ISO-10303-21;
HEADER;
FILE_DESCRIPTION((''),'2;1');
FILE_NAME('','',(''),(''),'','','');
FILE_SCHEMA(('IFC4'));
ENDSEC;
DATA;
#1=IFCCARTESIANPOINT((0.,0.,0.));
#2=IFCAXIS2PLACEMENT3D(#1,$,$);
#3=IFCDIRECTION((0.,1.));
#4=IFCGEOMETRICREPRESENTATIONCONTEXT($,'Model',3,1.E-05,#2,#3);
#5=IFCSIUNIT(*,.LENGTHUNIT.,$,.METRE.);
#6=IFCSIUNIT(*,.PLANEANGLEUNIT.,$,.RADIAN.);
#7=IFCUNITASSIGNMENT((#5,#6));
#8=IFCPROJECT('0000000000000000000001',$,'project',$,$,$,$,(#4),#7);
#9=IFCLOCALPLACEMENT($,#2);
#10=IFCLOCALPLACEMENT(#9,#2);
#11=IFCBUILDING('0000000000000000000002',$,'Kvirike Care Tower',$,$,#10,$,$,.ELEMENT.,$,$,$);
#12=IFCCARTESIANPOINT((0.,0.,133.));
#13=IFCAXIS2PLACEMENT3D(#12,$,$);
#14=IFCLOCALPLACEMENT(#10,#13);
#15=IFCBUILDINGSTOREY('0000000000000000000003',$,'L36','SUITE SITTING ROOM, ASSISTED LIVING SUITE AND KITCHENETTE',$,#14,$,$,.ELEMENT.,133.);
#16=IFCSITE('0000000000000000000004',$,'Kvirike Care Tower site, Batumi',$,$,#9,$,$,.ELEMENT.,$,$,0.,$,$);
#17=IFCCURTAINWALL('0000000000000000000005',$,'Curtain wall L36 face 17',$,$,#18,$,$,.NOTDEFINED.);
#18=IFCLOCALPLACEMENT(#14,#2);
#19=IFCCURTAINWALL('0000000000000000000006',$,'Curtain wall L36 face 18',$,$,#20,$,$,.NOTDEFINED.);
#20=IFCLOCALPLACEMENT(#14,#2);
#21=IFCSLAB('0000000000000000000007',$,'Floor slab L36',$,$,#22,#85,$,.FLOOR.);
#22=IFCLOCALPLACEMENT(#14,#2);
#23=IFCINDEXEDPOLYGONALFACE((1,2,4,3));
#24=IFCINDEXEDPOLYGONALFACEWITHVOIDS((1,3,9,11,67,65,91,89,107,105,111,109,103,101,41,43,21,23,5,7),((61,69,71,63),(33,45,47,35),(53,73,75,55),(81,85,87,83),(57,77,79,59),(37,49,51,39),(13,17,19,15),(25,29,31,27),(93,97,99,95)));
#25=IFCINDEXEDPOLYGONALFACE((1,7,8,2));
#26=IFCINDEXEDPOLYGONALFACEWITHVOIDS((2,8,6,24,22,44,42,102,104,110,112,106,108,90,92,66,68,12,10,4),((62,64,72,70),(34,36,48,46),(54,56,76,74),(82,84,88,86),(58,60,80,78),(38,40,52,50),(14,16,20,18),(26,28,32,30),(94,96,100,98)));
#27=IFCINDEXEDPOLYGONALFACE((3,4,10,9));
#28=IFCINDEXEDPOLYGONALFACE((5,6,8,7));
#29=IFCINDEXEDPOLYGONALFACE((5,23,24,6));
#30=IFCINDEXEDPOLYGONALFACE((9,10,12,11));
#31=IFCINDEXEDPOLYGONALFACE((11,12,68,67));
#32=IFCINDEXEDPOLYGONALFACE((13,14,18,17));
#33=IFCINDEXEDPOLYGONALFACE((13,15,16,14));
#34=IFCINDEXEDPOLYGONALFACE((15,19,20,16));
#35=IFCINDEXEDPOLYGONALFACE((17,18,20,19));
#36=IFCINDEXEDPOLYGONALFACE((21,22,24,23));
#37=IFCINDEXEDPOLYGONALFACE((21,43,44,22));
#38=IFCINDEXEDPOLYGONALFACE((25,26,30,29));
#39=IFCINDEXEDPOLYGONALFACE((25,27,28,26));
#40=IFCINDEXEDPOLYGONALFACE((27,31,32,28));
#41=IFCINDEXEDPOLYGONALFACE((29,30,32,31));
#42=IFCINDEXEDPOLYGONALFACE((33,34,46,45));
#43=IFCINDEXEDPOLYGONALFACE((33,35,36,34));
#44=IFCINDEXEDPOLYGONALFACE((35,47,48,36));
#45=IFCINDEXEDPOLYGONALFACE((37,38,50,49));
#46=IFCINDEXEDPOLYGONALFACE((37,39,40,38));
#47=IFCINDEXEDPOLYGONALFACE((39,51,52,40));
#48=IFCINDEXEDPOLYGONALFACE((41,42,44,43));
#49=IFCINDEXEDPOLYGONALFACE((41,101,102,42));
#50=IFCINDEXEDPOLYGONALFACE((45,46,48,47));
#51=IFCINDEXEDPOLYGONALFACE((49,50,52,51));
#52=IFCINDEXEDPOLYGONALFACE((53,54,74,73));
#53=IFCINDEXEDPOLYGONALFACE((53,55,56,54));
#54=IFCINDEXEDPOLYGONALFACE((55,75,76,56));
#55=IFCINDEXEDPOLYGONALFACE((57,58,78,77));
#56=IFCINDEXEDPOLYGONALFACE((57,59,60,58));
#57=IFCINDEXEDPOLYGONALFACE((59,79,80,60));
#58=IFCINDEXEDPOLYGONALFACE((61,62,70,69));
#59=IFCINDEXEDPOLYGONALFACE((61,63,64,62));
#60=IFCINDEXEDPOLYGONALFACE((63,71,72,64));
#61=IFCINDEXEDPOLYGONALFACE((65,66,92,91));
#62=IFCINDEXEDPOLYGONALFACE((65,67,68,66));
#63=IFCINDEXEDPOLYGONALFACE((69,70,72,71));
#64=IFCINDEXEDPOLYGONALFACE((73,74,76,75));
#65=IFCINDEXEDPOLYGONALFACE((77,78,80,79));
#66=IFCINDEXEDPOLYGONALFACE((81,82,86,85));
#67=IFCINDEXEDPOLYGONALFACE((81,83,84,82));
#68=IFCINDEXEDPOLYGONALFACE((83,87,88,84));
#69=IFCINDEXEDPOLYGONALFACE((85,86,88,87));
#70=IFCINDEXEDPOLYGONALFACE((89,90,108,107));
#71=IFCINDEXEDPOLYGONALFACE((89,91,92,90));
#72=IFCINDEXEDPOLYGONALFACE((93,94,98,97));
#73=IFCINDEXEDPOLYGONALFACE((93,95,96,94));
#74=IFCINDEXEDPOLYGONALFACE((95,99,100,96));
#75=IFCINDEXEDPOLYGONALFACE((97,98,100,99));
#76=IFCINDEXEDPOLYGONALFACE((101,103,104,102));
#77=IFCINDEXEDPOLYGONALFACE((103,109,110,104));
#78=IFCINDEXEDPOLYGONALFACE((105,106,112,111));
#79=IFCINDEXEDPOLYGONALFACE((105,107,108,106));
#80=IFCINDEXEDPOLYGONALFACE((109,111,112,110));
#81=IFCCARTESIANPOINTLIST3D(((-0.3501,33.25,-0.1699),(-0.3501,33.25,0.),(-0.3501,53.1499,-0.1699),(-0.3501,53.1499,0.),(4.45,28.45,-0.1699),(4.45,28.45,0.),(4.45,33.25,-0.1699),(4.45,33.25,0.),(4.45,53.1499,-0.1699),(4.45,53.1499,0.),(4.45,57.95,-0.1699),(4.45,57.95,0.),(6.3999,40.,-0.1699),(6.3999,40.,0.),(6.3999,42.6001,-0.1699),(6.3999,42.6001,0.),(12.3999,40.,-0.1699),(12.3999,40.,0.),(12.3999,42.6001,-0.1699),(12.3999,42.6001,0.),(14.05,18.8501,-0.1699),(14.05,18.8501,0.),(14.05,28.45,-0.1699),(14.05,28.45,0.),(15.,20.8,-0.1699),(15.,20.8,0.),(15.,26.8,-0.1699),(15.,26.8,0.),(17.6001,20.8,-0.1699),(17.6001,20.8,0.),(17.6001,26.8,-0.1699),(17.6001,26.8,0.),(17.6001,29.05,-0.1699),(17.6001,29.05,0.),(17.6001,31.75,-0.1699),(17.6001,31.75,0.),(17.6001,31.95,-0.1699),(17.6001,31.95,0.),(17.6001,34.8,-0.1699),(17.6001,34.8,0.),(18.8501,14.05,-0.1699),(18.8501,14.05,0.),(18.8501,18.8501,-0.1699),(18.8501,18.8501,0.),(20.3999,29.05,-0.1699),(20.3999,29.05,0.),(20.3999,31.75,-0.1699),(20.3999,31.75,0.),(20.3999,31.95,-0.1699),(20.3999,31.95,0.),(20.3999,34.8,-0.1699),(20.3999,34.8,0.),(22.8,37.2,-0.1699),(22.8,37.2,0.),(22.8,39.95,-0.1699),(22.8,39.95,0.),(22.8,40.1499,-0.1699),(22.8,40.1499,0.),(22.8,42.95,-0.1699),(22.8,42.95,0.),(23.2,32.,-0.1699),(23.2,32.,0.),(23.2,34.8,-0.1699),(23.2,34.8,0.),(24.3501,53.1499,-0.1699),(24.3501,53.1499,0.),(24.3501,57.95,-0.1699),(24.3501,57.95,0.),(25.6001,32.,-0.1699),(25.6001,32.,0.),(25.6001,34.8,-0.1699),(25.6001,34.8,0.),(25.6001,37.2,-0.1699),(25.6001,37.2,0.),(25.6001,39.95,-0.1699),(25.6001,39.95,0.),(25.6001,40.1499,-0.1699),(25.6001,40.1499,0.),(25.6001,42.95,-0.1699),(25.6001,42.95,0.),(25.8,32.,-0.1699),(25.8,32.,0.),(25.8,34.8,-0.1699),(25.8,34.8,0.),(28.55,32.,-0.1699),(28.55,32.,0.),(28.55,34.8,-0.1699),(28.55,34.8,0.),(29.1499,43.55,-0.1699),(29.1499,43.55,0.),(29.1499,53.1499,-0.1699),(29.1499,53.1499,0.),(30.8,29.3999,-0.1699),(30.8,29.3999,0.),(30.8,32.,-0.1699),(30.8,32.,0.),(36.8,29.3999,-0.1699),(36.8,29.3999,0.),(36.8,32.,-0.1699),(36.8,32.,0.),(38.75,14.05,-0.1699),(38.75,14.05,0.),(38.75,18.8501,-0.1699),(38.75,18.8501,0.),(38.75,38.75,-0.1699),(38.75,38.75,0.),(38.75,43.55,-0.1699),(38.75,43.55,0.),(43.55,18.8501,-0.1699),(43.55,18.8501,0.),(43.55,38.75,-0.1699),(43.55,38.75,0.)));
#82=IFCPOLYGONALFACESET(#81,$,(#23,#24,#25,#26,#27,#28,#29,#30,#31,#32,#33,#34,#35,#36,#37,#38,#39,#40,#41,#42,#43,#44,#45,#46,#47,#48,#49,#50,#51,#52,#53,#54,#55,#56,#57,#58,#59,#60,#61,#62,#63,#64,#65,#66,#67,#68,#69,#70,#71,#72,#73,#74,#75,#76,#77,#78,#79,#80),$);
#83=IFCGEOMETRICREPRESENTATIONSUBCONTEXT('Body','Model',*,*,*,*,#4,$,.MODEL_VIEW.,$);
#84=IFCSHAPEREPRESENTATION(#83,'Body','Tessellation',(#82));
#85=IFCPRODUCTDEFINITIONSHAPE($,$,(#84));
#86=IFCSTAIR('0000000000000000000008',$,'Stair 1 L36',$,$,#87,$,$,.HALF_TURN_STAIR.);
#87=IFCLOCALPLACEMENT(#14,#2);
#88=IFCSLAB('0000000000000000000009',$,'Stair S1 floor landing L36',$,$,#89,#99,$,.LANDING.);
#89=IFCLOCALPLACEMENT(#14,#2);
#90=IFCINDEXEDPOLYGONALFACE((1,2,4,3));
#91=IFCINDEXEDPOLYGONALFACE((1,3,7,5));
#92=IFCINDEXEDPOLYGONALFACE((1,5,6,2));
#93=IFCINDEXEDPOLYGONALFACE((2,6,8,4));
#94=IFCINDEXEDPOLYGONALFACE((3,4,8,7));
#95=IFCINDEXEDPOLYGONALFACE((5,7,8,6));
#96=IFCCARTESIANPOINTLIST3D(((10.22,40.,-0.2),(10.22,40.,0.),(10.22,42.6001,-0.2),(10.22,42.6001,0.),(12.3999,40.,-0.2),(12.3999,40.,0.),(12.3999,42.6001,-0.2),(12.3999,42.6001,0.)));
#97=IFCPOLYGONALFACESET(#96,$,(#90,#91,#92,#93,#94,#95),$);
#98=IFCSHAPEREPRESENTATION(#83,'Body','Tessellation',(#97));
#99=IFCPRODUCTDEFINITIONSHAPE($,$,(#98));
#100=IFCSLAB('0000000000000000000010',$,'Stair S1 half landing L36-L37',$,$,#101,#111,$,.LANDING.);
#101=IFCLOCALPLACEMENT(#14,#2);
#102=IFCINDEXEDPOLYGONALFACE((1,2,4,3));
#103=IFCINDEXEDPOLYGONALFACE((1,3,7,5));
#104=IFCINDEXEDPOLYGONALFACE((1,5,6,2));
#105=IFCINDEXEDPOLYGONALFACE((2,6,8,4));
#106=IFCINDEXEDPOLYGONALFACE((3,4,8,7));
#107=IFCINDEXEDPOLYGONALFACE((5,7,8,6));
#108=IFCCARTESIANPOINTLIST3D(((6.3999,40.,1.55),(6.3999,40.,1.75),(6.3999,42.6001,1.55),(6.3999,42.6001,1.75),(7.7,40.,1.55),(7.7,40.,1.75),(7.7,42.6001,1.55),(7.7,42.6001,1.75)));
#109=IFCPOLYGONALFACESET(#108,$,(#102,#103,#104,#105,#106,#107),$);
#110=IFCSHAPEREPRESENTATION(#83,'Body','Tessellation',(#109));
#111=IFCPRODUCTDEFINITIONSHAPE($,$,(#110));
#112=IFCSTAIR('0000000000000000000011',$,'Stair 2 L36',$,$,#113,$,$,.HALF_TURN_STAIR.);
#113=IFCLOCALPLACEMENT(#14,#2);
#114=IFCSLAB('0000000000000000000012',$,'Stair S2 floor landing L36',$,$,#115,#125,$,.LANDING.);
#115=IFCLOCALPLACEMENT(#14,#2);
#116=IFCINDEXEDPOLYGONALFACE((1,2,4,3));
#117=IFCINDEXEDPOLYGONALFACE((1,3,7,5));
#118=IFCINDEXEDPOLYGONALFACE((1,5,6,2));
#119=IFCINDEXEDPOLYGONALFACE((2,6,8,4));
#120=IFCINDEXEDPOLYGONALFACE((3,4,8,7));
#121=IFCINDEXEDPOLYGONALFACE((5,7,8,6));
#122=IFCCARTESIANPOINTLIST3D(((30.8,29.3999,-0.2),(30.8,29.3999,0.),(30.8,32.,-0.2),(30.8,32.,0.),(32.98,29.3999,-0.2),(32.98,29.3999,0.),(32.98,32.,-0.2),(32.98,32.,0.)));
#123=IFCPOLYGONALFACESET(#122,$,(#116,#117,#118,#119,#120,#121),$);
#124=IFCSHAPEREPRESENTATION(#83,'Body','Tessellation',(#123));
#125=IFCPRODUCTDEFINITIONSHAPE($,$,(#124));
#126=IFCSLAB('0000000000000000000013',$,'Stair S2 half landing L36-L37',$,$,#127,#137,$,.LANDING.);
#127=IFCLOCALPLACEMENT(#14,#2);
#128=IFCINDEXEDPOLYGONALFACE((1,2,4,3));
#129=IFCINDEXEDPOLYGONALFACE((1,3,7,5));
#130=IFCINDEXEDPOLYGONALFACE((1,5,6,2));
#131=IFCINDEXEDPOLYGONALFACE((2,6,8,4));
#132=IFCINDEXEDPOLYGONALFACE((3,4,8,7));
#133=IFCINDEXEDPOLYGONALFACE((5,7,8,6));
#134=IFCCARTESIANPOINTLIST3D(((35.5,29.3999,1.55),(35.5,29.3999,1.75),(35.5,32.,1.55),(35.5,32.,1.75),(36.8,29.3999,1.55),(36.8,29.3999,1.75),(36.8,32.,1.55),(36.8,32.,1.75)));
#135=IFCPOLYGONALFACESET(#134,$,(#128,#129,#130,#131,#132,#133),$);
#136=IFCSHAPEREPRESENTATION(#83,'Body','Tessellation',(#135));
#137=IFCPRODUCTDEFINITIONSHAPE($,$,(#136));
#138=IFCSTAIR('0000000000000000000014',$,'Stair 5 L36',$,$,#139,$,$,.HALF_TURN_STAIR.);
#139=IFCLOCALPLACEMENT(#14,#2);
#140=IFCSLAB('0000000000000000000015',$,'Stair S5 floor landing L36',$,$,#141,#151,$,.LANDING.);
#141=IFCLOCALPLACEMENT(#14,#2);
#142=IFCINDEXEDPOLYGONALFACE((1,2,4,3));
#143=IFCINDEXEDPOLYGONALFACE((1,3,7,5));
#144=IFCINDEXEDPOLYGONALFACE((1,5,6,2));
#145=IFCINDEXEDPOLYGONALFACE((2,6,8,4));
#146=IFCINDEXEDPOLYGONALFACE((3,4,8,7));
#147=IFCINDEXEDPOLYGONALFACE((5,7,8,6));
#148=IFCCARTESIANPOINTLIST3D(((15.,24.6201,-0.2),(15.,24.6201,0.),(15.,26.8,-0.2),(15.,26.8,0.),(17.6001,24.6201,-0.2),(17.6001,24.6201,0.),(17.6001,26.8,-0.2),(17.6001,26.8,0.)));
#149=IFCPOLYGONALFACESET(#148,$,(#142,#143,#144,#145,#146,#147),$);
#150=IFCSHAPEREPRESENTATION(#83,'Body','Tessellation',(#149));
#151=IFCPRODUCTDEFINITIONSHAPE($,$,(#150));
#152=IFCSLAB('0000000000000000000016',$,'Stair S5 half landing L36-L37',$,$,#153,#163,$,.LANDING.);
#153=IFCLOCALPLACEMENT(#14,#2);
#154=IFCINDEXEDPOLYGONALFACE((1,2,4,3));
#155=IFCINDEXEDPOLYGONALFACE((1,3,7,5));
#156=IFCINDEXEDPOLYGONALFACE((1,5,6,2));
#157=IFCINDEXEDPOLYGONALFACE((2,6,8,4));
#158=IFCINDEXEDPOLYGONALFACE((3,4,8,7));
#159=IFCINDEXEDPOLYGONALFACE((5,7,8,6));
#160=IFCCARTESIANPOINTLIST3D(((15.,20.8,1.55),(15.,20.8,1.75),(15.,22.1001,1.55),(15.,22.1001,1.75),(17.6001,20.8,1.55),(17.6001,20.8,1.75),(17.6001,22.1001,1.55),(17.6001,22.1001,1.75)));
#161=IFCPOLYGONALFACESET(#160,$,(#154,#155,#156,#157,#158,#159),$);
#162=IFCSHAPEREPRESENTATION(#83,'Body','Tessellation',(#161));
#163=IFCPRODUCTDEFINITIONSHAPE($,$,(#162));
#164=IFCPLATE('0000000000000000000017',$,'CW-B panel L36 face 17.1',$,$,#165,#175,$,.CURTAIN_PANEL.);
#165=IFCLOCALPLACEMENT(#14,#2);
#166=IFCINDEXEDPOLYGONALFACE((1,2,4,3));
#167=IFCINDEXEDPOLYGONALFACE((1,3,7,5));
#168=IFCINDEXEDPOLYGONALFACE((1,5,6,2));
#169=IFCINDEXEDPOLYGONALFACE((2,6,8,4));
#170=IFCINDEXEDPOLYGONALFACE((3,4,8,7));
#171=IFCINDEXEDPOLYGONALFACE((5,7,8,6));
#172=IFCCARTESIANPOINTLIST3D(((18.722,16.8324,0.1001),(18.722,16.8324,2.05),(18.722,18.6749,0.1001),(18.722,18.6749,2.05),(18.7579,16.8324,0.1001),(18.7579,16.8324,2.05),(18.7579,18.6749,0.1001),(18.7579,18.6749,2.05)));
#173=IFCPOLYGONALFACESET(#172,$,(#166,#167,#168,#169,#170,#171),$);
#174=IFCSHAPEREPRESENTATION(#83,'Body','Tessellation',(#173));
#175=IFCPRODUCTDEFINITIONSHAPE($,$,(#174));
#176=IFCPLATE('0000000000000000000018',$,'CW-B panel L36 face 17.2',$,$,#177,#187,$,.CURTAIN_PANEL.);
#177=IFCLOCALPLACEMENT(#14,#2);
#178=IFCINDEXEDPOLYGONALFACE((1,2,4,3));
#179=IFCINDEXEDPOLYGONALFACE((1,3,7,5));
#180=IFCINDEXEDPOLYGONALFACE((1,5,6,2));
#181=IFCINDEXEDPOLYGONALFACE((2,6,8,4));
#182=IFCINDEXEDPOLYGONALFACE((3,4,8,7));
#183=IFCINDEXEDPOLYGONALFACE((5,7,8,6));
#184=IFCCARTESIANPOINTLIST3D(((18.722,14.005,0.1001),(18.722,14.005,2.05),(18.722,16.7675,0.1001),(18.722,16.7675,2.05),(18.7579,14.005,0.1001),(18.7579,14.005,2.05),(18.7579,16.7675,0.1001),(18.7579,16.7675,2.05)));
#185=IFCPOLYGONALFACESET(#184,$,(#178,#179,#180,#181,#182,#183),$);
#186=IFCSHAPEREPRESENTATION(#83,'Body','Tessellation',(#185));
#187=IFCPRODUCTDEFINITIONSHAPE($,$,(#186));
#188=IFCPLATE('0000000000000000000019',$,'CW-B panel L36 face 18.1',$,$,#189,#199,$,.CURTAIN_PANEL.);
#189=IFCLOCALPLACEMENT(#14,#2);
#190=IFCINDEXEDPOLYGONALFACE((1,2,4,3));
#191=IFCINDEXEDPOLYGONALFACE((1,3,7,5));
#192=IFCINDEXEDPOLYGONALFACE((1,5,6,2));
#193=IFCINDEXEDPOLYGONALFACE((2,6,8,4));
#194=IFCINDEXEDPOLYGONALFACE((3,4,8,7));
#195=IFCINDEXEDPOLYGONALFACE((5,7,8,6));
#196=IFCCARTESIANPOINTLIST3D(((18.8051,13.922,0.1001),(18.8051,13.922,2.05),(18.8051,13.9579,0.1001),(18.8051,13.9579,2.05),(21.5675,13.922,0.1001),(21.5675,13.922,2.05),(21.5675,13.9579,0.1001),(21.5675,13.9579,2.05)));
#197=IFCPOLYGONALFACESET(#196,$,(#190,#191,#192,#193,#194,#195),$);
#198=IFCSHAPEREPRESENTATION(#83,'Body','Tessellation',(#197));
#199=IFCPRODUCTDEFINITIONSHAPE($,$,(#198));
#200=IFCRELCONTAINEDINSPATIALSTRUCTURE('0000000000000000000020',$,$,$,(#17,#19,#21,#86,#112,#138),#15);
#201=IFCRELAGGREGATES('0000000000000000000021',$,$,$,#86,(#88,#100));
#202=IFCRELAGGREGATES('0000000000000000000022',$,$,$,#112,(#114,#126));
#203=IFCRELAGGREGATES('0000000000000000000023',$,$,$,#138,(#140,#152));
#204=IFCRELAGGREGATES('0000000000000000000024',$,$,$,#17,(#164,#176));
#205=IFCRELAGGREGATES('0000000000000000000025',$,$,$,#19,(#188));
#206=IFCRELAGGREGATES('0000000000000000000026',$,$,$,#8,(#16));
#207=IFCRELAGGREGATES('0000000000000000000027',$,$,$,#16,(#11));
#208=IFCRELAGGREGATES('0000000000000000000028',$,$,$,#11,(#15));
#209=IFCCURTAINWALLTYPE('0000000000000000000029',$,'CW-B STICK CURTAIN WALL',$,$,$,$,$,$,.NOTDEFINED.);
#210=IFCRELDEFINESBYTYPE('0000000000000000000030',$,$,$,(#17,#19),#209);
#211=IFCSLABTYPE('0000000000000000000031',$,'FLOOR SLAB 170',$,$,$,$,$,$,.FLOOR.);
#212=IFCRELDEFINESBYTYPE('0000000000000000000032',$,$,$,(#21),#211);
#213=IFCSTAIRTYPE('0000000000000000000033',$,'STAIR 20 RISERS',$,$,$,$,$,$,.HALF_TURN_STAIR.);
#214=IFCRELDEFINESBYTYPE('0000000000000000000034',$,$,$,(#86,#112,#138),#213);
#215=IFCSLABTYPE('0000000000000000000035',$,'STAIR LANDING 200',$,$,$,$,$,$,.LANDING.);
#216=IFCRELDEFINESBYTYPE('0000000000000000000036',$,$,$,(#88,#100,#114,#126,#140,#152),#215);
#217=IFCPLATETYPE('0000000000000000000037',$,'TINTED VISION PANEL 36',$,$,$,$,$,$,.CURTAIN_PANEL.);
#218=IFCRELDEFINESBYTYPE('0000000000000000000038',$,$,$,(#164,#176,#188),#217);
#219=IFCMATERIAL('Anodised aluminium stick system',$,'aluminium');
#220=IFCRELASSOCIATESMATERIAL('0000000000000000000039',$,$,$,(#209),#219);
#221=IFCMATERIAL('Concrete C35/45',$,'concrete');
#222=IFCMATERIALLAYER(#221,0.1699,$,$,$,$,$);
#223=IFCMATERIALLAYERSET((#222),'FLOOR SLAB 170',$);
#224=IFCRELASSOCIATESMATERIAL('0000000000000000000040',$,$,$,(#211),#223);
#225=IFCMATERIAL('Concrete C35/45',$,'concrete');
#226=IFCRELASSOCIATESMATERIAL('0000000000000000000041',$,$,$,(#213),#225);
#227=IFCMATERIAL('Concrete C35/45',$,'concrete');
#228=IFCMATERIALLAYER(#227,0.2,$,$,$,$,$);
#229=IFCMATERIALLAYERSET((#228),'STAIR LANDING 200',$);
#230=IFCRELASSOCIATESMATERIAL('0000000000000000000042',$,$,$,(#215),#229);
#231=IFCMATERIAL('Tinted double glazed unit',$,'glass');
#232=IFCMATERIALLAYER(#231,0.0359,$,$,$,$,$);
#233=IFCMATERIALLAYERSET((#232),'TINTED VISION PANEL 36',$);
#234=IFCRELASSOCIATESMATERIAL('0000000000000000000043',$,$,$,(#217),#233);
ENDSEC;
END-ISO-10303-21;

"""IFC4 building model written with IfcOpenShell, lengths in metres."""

from ifc_helpers import new_model, si_unit, direction, frame, origin, origin_2d, place, context, subcontext, project, spatial, polyline, rectangle, outline, extrude, material, layer, layer_set, type_object, element, aggregate, save


model = new_model("IFC4")

# Units and contexts
model_context = context("Model", 3, precision=1e-05, world=origin(), true_north=direction((0.0, 1.0)))
body_context = subcontext(model_context, "Body", "Model", "MODEL_VIEW")
ifc_project = project(units=[si_unit("LENGTHUNIT", "METRE"), si_unit("PLANEANGLEUNIT", "RADIAN")], contexts=[model_context])

# Site, building, storey
site_placement = place(None, origin())
site = spatial("IfcSite", under=ifc_project, at=site_placement, Name="Kvirike Care Tower site, Batumi", CompositionType="ELEMENT", RefElevation=0.0)
building_placement = place(site_placement, origin())
building = spatial("IfcBuilding", under=site, at=building_placement, Name="Kvirike Care Tower", CompositionType="ELEMENT")
storey_placement = place(building_placement, frame((0.0, 0.0, 133.0)))
storey = spatial("IfcBuildingStorey", under=building, at=storey_placement, Name="L36", Description="SUITE SITTING ROOM, ASSISTED LIVING SUITE AND KITCHENETTE", CompositionType="ELEMENT", Elevation=133.0)

# Curtain wall
ifc_material_1 = material(Name="Anodised aluminium stick system", Category="aluminium")
curtain_wall_type = type_object("IfcCurtainWallType", Name="CW-B STICK CURTAIN WALL", PredefinedType="NOTDEFINED", material=ifc_material_1)
curtain_wall_1_placement = place(storey_placement, origin())
curtain_wall_1 = element("IfcCurtainWall", 1, at=curtain_wall_1_placement, inside=storey, type_object=curtain_wall_type, Name="Curtain wall L36 face 17", PredefinedType="NOTDEFINED")

# Curtain wall
curtain_wall_2_placement = place(storey_placement, origin())
curtain_wall_2 = element("IfcCurtainWall", 2, at=curtain_wall_2_placement, inside=storey, type_object=curtain_wall_type, Name="Curtain wall L36 face 18", PredefinedType="NOTDEFINED")

# Slab
ifc_material_2 = material(Name="Concrete C35/45", Category="concrete")
ifc_layer_1 = layer(ifc_material_2, 0.1699)
ifc_layer_set_1 = layer_set([ifc_layer_1], Name="FLOOR SLAB 170")
slab_type_1 = type_object("IfcSlabType", Name="FLOOR SLAB 170", PredefinedType="FLOOR", material=ifc_layer_set_1)
slab_1_placement = place(storey_placement, frame((0.0, 0.0, -0.1699)))
element("IfcSlab", 3, at=slab_1_placement, inside=storey, type_object=slab_type_1, Name="Floor slab L36", PredefinedType="FLOOR", context=body_context, shape_type="SweptSolid", body=[
    extrude(outline(polyline([(43.55, 18.8501), (43.55, 38.75), (38.75, 38.75), (38.75, 43.55), (29.1499, 43.55), (29.1499, 53.1499), (24.3501, 53.1499), (24.3501, 57.95), (4.45, 57.95), (4.45, 53.1499), (-0.3501, 53.1499), (-0.3501, 33.25), (4.45, 33.25), (4.45, 28.45), (14.05, 28.45), (14.05, 18.8501), (18.8501, 18.8501), (18.8501, 14.05), (38.75, 14.05), (38.75, 18.8501), (43.55, 18.8501)]), holes=[polyline([(17.6001, 29.05), (17.6001, 31.75), (20.3999, 31.75), (20.3999, 29.05), (17.6001, 29.05)]), polyline([(17.6001, 31.95), (17.6001, 34.8), (20.3999, 34.8), (20.3999, 31.95), (17.6001, 31.95)]), polyline([(22.8, 37.2), (22.8, 39.95), (25.6001, 39.95), (25.6001, 37.2), (22.8, 37.2)]), polyline([(22.8, 40.1499), (22.8, 42.95), (25.6001, 42.95), (25.6001, 40.1499), (22.8, 40.1499)]), polyline([(23.2, 32.0), (23.2, 34.8), (25.6001, 34.8), (25.6001, 32.0), (23.2, 32.0)]), polyline([(25.8, 32.0), (25.8, 34.8), (28.55, 34.8), (28.55, 32.0), (25.8, 32.0)]), polyline([(12.3999, 42.6001), (12.3999, 40.0), (6.3999, 40.0), (6.3999, 42.6001), (12.3999, 42.6001)]), polyline([(30.8, 29.3999), (30.8, 32.0), (36.8, 32.0), (36.8, 29.3999), (30.8, 29.3999)]), polyline([(15.0, 26.8), (17.6001, 26.8), (17.6001, 20.8), (15.0, 20.8), (15.0, 26.8)])]), origin(), (0.0, 0.0, 1.0), 0.1699),
])

# Stairs, slabs
ifc_material_3 = material(Name="Concrete C35/45", Category="concrete")
stair_type = type_object("IfcStairType", Name="STAIR 20 RISERS", PredefinedType="HALF_TURN_STAIR", material=ifc_material_3)
stair_1_placement = place(storey_placement, origin())
stair_1 = element("IfcStair", 4, at=stair_1_placement, inside=storey, type_object=stair_type, Name="Stair 1 L36", PredefinedType="HALF_TURN_STAIR")
ifc_material_4 = material(Name="Concrete C35/45", Category="concrete")
ifc_layer_2 = layer(ifc_material_4, 0.2)
ifc_layer_set_2 = layer_set([ifc_layer_2], Name="STAIR LANDING 200")
slab_type_2 = type_object("IfcSlabType", Name="STAIR LANDING 200", PredefinedType="LANDING", material=ifc_layer_set_2)
slab_2_placement = place(storey_placement, frame((0.0, 0.0, -0.2)))
slab_2 = element("IfcSlab", 5, at=slab_2_placement, type_object=slab_type_2, Name="Stair S1 floor landing L36", PredefinedType="LANDING", context=body_context, shape_type="SweptSolid", body=[
    extrude(outline(polyline([(10.22, 42.6001), (10.22, 40.0), (12.3999, 40.0), (12.3999, 42.6001), (10.22, 42.6001)])), origin(), (0.0, 0.0, 1.0), 0.2),
])
slab_3_placement = place(storey_placement, frame((0.0, 0.0, 1.55)))
slab_3 = element("IfcSlab", 6, at=slab_3_placement, type_object=slab_type_2, Name="Stair S1 half landing L36-L37", PredefinedType="LANDING", context=body_context, shape_type="SweptSolid", body=[
    extrude(outline(polyline([(6.3999, 42.6001), (6.3999, 40.0), (7.7, 40.0), (7.7, 42.6001), (6.3999, 42.6001)])), origin(), (0.0, 0.0, 1.0), 0.2),
])
aggregate(stair_1, [slab_2, slab_3])
stair_2_placement = place(storey_placement, origin())
stair_2 = element("IfcStair", 7, at=stair_2_placement, inside=storey, type_object=stair_type, Name="Stair 2 L36", PredefinedType="HALF_TURN_STAIR")
slab_4_placement = place(storey_placement, frame((0.0, 0.0, -0.2)))
slab_4 = element("IfcSlab", 8, at=slab_4_placement, type_object=slab_type_2, Name="Stair S2 floor landing L36", PredefinedType="LANDING", context=body_context, shape_type="SweptSolid", body=[
    extrude(outline(polyline([(32.98, 29.3999), (32.98, 32.0), (30.8, 32.0), (30.8, 29.3999), (32.98, 29.3999)])), origin(), (0.0, 0.0, 1.0), 0.2),
])
slab_5_placement = place(storey_placement, frame((0.0, 0.0, 1.55)))
slab_5 = element("IfcSlab", 9, at=slab_5_placement, type_object=slab_type_2, Name="Stair S2 half landing L36-L37", PredefinedType="LANDING", context=body_context, shape_type="SweptSolid", body=[
    extrude(outline(polyline([(36.8, 29.3999), (36.8, 32.0), (35.5, 32.0), (35.5, 29.3999), (36.8, 29.3999)])), origin(), (0.0, 0.0, 1.0), 0.2),
])
aggregate(stair_2, [slab_4, slab_5])
stair_3_placement = place(storey_placement, origin())
stair_3 = element("IfcStair", 10, at=stair_3_placement, inside=storey, type_object=stair_type, Name="Stair 5 L36", PredefinedType="HALF_TURN_STAIR")
slab_6_placement = place(storey_placement, frame((0.0, 0.0, -0.2)))
slab_6 = element("IfcSlab", 11, at=slab_6_placement, type_object=slab_type_2, Name="Stair S5 floor landing L36", PredefinedType="LANDING", context=body_context, shape_type="SweptSolid", body=[
    extrude(outline(polyline([(15.0, 24.6201), (17.6001, 24.6201), (17.6001, 26.8), (15.0, 26.8), (15.0, 24.6201)])), origin(), (0.0, 0.0, 1.0), 0.2),
])
slab_7_placement = place(storey_placement, frame((0.0, 0.0, 1.55)))
slab_7 = element("IfcSlab", 12, at=slab_7_placement, type_object=slab_type_2, Name="Stair S5 half landing L36-L37", PredefinedType="LANDING", context=body_context, shape_type="SweptSolid", body=[
    extrude(outline(polyline([(15.0, 20.8), (17.6001, 20.8), (17.6001, 22.1001), (15.0, 22.1001), (15.0, 20.8)])), origin(), (0.0, 0.0, 1.0), 0.2),
])
aggregate(stair_3, [slab_6, slab_7])

# Plates
ifc_material_5 = material(Name="Tinted double glazed unit", Category="glass")
ifc_layer_3 = layer(ifc_material_5, 0.0359)
ifc_layer_set_3 = layer_set([ifc_layer_3], Name="TINTED VISION PANEL 36")
plate_type = type_object("IfcPlateType", Name="TINTED VISION PANEL 36", PredefinedType="CURTAIN_PANEL", material=ifc_layer_set_3)
plate_1_placement = place(storey_placement, frame((18.74, 17.7537, 0.1001), z_axis=(0.0, 0.0, 1.0), x_axis=(0.0, -1.0, 0.0)))
plate_1 = element("IfcPlate", 13, at=plate_1_placement, type_object=plate_type, Name="CW-B panel L36 face 17.1", PredefinedType="CURTAIN_PANEL", context=body_context, shape_type="SweptSolid", body=[
    extrude(rectangle(XDim=1.8425, YDim=0.0359, at=origin_2d()), origin(), (0.0, 0.0, 1.0), 1.95),
])
plate_2_placement = place(storey_placement, frame((18.74, 15.3862, 0.1001), z_axis=(0.0, 0.0, 1.0), x_axis=(0.0, -1.0, 0.0)))
plate_2 = element("IfcPlate", 14, at=plate_2_placement, type_object=plate_type, Name="CW-B panel L36 face 17.2", PredefinedType="CURTAIN_PANEL", context=body_context, shape_type="SweptSolid", body=[
    extrude(rectangle(XDim=2.7625, YDim=0.0359, at=origin_2d()), origin(), (0.0, 0.0, 1.0), 1.95),
])
aggregate(curtain_wall_1, [plate_1, plate_2])
plate_3_placement = place(storey_placement, frame((20.1863, 13.9399, 0.1001), z_axis=(0.0, 0.0, 1.0), x_axis=(1.0, 0.0, 0.0)))
plate_3 = element("IfcPlate", 15, at=plate_3_placement, type_object=plate_type, Name="CW-B panel L36 face 18.1", PredefinedType="CURTAIN_PANEL", context=body_context, shape_type="SweptSolid", body=[
    extrude(rectangle(XDim=2.7625, YDim=0.0359, at=origin_2d()), origin(), (0.0, 0.0, 1.0), 1.95),
])
aggregate(curtain_wall_2, [plate_3])

save(model, "model.ifc")
